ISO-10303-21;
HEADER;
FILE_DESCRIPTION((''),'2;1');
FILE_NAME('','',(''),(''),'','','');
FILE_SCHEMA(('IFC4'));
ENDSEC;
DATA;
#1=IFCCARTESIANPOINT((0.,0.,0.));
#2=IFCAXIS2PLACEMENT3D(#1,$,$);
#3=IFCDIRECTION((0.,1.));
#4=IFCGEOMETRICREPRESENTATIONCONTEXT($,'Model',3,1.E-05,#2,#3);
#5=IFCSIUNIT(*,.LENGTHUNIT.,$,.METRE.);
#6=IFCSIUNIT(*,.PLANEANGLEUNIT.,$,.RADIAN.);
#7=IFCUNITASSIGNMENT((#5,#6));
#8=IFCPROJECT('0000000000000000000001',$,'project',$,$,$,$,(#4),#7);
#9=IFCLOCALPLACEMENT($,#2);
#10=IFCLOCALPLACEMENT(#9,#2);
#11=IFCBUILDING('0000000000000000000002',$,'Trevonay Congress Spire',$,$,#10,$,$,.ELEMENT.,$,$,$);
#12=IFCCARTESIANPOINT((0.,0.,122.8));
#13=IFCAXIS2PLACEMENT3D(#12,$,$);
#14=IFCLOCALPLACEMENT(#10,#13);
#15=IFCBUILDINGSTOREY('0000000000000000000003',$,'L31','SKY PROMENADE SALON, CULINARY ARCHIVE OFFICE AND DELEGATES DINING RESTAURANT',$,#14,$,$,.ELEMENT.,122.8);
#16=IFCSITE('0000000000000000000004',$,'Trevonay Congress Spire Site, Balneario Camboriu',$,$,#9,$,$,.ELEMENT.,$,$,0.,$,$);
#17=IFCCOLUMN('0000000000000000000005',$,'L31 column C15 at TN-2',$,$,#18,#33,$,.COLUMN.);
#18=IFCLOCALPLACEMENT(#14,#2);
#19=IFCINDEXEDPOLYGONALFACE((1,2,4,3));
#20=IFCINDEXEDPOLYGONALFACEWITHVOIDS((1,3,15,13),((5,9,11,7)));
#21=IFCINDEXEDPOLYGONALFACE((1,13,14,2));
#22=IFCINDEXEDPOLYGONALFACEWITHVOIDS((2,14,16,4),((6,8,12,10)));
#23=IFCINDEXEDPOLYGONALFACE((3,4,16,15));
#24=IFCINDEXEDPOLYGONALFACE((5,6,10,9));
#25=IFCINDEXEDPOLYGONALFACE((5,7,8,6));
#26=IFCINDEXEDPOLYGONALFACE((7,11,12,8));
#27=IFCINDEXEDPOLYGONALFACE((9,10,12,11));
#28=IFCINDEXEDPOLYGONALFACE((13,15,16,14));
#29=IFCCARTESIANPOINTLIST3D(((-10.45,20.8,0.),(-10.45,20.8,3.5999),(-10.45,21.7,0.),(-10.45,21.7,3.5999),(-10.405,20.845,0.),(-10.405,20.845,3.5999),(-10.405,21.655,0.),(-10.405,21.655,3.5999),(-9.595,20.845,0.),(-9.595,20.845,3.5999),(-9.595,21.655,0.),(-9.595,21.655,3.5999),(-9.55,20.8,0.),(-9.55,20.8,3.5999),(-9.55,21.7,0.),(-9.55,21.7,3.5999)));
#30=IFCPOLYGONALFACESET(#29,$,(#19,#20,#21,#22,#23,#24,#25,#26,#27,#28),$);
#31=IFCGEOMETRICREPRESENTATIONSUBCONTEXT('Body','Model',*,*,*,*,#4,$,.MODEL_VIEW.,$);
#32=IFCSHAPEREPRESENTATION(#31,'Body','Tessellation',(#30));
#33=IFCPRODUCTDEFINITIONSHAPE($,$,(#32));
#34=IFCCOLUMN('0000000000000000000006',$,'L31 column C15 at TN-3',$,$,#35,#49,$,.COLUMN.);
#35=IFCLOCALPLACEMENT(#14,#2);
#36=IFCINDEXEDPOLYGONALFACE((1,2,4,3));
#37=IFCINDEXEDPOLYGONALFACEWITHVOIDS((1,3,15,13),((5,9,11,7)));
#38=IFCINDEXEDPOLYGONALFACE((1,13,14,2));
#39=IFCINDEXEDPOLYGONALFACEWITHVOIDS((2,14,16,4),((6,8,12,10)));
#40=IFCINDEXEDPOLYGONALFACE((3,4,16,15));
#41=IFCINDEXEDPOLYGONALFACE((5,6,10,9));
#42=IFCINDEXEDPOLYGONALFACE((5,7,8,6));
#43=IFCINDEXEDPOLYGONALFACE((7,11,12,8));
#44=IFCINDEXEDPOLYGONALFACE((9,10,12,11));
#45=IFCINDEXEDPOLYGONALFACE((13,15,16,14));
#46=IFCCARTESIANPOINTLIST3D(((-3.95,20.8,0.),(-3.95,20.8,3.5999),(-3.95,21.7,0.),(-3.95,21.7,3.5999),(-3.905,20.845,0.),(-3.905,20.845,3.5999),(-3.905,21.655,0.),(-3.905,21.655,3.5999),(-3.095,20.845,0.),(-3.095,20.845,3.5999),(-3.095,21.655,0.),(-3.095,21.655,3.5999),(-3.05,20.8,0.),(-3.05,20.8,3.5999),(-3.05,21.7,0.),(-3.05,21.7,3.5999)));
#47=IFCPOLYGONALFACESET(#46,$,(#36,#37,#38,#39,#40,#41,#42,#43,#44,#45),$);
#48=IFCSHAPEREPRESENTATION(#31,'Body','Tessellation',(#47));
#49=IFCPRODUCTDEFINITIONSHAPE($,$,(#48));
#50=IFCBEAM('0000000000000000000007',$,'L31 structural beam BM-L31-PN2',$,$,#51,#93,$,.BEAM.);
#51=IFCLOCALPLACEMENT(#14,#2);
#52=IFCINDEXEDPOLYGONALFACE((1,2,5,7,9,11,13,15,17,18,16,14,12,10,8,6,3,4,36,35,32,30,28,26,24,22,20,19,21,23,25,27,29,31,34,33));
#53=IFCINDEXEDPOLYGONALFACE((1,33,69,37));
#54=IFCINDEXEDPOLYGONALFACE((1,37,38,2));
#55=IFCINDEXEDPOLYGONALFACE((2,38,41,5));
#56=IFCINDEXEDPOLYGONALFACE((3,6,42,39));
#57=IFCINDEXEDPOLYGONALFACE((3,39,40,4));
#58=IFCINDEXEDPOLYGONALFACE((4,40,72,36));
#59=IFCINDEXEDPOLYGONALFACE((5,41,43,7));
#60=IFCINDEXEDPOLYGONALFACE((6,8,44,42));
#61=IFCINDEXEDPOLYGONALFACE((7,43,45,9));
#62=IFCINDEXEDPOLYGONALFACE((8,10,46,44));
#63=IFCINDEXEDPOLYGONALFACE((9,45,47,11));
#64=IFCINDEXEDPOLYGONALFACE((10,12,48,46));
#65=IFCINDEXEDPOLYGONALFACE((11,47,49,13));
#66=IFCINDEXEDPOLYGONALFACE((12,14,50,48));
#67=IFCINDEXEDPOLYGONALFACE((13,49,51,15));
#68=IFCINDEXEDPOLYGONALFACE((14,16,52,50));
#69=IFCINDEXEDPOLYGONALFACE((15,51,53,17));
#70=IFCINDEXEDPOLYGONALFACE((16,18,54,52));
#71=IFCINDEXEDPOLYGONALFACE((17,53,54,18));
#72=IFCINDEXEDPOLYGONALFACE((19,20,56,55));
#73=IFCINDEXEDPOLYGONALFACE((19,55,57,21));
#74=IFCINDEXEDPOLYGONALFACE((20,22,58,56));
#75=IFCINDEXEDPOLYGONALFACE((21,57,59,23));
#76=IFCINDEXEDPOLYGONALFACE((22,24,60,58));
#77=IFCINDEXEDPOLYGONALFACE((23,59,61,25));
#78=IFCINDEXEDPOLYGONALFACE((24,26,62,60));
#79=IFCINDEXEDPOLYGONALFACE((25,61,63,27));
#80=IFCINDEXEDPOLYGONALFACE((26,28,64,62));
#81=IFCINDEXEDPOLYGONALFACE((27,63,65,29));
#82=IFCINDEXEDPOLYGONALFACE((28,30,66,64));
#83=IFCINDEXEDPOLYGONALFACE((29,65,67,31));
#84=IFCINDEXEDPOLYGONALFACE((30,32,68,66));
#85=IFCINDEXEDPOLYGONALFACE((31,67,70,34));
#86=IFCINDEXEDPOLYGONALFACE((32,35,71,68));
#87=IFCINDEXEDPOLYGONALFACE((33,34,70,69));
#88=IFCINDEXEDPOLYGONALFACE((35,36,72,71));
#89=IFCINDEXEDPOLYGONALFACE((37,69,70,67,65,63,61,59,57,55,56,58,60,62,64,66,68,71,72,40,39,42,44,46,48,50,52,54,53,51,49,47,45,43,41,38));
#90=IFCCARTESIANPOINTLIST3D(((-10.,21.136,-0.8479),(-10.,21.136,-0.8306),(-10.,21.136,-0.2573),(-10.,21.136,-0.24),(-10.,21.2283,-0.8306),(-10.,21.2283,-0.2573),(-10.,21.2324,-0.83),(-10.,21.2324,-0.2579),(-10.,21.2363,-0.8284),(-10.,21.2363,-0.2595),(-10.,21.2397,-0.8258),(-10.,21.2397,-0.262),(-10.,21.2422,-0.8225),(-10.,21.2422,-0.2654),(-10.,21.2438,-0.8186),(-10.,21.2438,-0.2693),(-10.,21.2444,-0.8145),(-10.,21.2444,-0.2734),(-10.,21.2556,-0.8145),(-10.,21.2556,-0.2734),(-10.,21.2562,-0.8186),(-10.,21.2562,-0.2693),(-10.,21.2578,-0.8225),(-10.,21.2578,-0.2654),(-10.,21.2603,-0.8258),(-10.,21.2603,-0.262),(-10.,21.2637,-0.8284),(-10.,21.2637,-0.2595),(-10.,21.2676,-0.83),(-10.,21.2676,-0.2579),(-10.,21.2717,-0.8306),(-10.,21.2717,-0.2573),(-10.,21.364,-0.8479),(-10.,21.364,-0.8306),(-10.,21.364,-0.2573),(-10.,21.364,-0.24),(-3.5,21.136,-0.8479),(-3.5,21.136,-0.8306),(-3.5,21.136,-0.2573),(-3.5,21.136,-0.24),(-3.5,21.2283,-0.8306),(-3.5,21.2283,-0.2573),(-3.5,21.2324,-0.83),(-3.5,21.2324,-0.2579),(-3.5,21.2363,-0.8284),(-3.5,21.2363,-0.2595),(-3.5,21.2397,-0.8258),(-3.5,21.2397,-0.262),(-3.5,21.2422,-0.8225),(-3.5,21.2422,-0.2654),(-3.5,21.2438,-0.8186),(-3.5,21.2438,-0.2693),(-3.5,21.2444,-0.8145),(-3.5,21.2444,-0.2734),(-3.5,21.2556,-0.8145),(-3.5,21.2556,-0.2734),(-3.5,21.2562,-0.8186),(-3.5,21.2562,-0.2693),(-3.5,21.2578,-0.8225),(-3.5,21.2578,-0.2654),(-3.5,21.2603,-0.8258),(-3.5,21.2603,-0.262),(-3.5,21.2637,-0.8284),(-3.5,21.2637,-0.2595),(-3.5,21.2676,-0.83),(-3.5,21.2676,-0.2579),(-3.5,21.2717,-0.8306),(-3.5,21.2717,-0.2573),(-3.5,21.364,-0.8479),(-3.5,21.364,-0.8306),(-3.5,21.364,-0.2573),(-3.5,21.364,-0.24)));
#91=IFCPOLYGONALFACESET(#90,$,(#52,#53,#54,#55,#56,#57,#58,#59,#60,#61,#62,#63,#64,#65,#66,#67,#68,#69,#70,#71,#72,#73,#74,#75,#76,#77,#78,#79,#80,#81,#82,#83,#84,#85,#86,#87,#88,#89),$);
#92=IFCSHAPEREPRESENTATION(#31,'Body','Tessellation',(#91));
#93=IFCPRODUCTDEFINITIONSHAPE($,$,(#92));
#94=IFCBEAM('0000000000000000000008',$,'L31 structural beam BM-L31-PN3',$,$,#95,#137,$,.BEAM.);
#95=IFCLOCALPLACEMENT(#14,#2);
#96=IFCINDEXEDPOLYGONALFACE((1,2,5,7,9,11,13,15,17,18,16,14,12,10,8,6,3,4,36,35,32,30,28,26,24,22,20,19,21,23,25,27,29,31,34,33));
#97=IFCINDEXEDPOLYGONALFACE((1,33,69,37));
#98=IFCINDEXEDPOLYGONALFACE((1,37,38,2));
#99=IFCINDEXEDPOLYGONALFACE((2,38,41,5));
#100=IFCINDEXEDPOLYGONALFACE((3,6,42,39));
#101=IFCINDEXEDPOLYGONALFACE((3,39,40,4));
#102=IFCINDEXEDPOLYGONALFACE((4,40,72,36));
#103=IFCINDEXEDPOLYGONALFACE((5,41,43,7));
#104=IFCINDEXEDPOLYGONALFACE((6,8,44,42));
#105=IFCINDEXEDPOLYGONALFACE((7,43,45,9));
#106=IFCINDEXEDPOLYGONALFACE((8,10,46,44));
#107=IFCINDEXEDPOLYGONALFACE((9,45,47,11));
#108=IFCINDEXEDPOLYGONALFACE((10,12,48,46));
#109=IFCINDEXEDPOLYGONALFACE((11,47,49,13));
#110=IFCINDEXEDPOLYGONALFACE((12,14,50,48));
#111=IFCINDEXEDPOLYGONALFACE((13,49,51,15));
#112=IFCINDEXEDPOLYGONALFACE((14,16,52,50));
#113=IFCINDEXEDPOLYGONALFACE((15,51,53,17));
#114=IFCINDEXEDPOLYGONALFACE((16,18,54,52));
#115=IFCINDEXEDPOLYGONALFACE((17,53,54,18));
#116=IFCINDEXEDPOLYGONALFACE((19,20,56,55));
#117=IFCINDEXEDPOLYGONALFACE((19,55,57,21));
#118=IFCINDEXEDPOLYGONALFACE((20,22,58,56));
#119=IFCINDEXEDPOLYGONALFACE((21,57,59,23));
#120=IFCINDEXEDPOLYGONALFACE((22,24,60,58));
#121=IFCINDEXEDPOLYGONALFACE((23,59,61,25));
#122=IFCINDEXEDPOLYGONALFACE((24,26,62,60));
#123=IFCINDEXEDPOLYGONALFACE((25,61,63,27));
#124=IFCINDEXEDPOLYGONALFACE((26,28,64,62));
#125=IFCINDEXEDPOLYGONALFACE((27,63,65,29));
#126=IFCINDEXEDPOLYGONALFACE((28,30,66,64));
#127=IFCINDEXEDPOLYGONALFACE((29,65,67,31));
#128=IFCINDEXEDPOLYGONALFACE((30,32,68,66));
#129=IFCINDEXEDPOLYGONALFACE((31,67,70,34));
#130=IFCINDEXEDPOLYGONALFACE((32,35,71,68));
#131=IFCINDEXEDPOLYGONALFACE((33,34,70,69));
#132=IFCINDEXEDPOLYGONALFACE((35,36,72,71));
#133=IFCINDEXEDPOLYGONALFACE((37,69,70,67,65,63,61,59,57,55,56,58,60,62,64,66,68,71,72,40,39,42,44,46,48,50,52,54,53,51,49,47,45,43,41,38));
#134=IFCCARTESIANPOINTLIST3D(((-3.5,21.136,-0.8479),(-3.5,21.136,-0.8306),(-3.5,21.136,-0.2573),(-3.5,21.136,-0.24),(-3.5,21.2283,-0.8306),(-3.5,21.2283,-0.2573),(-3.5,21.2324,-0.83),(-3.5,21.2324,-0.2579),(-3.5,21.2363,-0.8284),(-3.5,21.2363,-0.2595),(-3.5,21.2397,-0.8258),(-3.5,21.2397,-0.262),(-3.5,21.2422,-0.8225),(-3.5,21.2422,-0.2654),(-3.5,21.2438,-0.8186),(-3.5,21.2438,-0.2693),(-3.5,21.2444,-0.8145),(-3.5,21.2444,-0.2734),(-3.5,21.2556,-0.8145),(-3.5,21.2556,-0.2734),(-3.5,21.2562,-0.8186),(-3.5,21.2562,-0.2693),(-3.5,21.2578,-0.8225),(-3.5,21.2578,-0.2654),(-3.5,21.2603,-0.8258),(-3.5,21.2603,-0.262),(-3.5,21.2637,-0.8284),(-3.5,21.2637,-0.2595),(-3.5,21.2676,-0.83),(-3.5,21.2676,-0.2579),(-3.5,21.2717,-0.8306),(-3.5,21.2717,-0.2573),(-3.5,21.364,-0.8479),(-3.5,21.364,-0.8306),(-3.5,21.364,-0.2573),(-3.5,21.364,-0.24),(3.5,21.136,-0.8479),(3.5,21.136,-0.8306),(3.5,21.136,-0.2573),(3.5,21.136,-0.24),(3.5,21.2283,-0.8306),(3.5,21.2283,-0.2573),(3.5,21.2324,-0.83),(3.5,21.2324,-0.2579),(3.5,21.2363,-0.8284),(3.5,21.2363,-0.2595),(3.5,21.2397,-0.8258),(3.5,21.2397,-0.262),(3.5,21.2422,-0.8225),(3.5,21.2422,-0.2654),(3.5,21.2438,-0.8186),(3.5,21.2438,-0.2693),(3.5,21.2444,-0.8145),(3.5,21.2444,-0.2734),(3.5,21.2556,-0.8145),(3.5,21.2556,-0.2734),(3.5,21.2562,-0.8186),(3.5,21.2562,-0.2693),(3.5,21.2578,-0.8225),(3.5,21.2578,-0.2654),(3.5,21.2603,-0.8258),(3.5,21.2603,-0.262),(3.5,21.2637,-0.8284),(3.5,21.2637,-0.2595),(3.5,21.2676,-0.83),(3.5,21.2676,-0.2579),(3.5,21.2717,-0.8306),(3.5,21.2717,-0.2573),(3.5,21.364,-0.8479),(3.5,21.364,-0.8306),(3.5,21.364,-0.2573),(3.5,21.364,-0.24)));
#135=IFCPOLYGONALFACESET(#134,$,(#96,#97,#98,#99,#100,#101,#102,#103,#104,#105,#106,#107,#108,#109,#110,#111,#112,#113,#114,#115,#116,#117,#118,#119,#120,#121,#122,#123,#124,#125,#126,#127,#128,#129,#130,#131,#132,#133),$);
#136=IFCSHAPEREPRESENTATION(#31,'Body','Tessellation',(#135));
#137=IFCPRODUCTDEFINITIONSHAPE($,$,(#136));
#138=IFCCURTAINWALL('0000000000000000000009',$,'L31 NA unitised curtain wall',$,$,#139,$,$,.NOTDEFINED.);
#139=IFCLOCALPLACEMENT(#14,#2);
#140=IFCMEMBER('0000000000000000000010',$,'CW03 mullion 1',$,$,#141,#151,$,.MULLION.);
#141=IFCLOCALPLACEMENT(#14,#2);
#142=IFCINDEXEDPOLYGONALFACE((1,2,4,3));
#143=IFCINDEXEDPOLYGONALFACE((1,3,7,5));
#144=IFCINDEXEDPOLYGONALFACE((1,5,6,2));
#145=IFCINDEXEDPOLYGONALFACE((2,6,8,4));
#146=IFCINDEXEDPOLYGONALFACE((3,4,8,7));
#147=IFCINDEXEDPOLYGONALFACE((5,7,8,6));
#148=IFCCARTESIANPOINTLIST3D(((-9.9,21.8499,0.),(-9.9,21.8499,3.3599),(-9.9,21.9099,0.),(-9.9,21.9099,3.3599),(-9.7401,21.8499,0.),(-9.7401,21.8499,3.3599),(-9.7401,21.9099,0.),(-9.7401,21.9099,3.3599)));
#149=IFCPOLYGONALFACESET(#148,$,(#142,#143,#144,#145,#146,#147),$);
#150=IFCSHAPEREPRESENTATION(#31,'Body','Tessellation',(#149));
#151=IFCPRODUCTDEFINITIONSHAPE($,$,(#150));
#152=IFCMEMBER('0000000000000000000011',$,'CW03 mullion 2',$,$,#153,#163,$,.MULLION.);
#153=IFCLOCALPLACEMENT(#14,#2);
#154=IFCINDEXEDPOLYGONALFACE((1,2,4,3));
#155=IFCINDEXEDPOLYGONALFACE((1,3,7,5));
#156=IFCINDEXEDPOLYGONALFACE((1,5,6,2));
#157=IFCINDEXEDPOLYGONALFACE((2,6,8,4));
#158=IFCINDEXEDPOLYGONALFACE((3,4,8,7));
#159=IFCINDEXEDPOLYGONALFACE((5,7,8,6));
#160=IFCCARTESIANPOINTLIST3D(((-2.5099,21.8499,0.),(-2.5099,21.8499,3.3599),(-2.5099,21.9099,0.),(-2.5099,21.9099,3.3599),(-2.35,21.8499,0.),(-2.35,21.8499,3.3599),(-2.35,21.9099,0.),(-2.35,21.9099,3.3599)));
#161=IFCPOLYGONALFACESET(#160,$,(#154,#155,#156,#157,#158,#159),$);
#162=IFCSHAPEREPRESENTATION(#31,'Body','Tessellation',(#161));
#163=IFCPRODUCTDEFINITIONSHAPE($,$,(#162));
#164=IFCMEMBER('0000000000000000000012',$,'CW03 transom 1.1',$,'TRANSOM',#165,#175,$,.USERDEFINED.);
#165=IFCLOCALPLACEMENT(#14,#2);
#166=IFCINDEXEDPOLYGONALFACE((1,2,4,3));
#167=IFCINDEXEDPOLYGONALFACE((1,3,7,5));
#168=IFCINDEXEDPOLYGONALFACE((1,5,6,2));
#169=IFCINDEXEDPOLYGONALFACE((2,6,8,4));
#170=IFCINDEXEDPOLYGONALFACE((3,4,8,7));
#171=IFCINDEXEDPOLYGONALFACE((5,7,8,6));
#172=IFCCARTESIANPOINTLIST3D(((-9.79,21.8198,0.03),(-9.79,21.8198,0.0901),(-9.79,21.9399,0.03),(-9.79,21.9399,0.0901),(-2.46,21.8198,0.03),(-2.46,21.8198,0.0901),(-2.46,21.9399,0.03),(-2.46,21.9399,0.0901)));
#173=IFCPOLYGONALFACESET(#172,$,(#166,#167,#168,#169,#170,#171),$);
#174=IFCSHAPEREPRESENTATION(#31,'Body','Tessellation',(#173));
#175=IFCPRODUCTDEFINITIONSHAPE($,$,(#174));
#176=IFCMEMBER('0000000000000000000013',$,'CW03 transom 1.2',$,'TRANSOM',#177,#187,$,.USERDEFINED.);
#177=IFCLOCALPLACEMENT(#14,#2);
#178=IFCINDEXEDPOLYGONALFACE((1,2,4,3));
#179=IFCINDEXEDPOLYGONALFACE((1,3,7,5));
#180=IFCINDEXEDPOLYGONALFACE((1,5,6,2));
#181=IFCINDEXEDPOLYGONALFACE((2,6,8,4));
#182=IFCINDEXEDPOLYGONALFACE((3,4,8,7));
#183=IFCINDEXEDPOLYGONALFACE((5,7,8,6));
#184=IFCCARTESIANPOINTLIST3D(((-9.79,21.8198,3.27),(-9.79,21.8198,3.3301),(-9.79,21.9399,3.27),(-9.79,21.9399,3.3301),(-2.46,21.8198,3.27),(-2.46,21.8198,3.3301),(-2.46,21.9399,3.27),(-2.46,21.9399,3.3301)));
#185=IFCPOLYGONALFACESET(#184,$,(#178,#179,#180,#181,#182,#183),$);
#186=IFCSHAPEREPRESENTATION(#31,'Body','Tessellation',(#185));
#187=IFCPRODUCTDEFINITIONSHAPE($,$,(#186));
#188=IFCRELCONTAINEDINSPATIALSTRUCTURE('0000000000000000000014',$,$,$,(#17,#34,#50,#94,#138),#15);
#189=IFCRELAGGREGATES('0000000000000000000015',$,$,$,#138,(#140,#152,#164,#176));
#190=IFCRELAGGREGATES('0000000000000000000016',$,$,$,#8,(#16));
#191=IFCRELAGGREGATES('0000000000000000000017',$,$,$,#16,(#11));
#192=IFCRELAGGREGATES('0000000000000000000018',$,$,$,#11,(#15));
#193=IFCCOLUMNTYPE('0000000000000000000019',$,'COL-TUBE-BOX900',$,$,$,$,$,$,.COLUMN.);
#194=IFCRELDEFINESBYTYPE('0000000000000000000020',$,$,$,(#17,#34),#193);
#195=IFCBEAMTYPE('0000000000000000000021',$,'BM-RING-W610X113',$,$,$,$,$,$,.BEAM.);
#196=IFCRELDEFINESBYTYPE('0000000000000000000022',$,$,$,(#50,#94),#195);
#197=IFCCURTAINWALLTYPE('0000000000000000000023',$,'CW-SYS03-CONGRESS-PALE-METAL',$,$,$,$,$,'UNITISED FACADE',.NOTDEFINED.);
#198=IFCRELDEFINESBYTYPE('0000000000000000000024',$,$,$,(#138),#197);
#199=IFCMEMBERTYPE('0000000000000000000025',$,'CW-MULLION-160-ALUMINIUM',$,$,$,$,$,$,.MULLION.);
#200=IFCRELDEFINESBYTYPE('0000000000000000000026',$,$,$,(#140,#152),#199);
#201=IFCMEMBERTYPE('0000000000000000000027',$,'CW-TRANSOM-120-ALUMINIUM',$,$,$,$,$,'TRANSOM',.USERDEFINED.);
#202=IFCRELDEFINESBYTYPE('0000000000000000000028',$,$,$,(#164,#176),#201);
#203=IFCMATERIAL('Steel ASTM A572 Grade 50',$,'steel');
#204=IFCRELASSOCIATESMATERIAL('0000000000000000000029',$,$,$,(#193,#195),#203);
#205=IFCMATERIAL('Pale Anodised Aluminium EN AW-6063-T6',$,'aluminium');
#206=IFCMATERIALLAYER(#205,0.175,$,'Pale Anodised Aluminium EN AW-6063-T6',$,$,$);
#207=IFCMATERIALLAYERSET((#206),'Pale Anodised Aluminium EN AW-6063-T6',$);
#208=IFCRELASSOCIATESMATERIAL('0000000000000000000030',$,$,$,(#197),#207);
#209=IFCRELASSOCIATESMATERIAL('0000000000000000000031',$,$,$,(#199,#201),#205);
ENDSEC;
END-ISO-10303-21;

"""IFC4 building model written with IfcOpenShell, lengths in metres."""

from ifc_helpers import new_model, si_unit, direction, frame, origin, origin_2d, place, context, subcontext, project, spatial, rectangle, hollow_rectangle, i_section, extrude, material, layer, layer_set, material_profile, profile_set, type_object, element, aggregate, save


model = new_model("IFC4")

# Units and contexts
model_context = context("Model", 3, precision=1e-05, world=origin(), true_north=direction((0.0, 1.0)))
body_context = subcontext(model_context, "Body", "Model", "MODEL_VIEW")
ifc_project = project(units=[si_unit("LENGTHUNIT", "METRE"), si_unit("PLANEANGLEUNIT", "RADIAN")], contexts=[model_context])

# Site, building, storey
site_placement = place(None, origin())
site = spatial("IfcSite", under=ifc_project, at=site_placement, Name="Trevonay Congress Spire Site, Balneario Camboriu", CompositionType="ELEMENT", RefElevation=0.0)
building_placement = place(site_placement, origin())
building = spatial("IfcBuilding", under=site, at=building_placement, Name="Trevonay Congress Spire", CompositionType="ELEMENT")
storey_placement = place(building_placement, frame((0.0, 0.0, 122.8)))
storey = spatial("IfcBuildingStorey", under=building, at=storey_placement, Name="L31", Description="SKY PROMENADE SALON, CULINARY ARCHIVE OFFICE AND DELEGATES DINING RESTAURANT", CompositionType="ELEMENT", Elevation=122.8)

# Columns
ifc_material_1 = material(Name="Steel ASTM A572 Grade 50", Category="steel")
ifc_material_profile_1 = material_profile(ifc_material_1, hollow_rectangle(XDim=0.8999, YDim=0.8999, WallThickness=0.0449, at=origin_2d()), Name="BOX 900x900x45")
ifc_profile_set_1 = profile_set([ifc_material_profile_1], Name="Steel ASTM A572 Grade 50")
column_type = type_object("IfcColumnType", Name="COL-TUBE-BOX900", PredefinedType="COLUMN", material=ifc_profile_set_1)
for number, where, z_axis, x_axis, name in (
    (1, (-10.0, 21.25, 0.0), (0.0, 0.0, 1.0), (1.0, 0.0, 0.0), "L31 column C15 at TN-2"),
    (2, (-3.5, 21.25, 0.0), (0.0, 0.0, 1.0), (1.0, 0.0, 0.0), "L31 column C15 at TN-3"),
):
    element("IfcColumn", number, at=place(storey_placement, frame(where, z_axis=z_axis, x_axis=x_axis)), inside=storey, type_object=column_type, Name=name, PredefinedType="COLUMN", context=body_context, shape_type="SweptSolid", body=[
        extrude(hollow_rectangle(XDim=0.8999, YDim=0.8999, WallThickness=0.0449, at=origin_2d()), origin(), (0.0, 0.0, 1.0), 3.5999),
    ])

# Beams
ifc_material_profile_2 = material_profile(ifc_material_1, i_section(OverallWidth=0.228, OverallDepth=0.6079, WebThickness=0.0112, FlangeThickness=0.0173, FilletRadius=0.0161, at=origin_2d()), Name="W610x113")
ifc_profile_set_2 = profile_set([ifc_material_profile_2], Name="Steel ASTM A572 Grade 50")
beam_type = type_object("IfcBeamType", Name="BM-RING-W610X113", PredefinedType="BEAM", material=ifc_profile_set_2)
beam_1_placement = place(storey_placement, frame((-10.0, 21.25, -0.5439), z_axis=(1.0, 0.0, 0.0), x_axis=(0.0, 1.0, 0.0)))
element("IfcBeam", 3, at=beam_1_placement, inside=storey, type_object=beam_type, Name="L31 structural beam BM-L31-PN2", PredefinedType="BEAM", context=body_context, shape_type="SweptSolid", body=[
    extrude(i_section(OverallWidth=0.228, OverallDepth=0.6079, WebThickness=0.0112, FlangeThickness=0.0173, FilletRadius=0.0161, at=origin_2d()), origin(), (0.0, 0.0, 1.0), 6.5),
])
beam_2_placement = place(storey_placement, frame((-3.5, 21.25, -0.5439), z_axis=(1.0, 0.0, 0.0), x_axis=(0.0, 1.0, 0.0)))
element("IfcBeam", 4, at=beam_2_placement, inside=storey, type_object=beam_type, Name="L31 structural beam BM-L31-PN3", PredefinedType="BEAM", context=body_context, shape_type="SweptSolid", body=[
    extrude(i_section(OverallWidth=0.228, OverallDepth=0.6079, WebThickness=0.0112, FlangeThickness=0.0173, FilletRadius=0.0161, at=origin_2d()), origin(), (0.0, 0.0, 1.0), 7.0),
])

# Curtain wall, members
ifc_material_2 = material(Name="Pale Anodised Aluminium EN AW-6063-T6", Category="aluminium")
ifc_layer_1 = layer(ifc_material_2, 0.175, Name="Pale Anodised Aluminium EN AW-6063-T6")
ifc_layer_set_1 = layer_set([ifc_layer_1], Name="Pale Anodised Aluminium EN AW-6063-T6")
curtain_wall_type = type_object("IfcCurtainWallType", Name="CW-SYS03-CONGRESS-PALE-METAL", ElementType="UNITISED FACADE", PredefinedType="NOTDEFINED", material=ifc_layer_set_1)
curtain_wall_placement = place(storey_placement, origin())
curtain_wall = element("IfcCurtainWall", 5, at=curtain_wall_placement, inside=storey, type_object=curtain_wall_type, Name="L31 NA unitised curtain wall", PredefinedType="NOTDEFINED")
ifc_material_profile_3 = material_profile(ifc_material_2, rectangle(XDim=0.0601, YDim=0.1599, at=origin_2d()), Name="CW-MULLION-160-ALUMINIUM")
ifc_profile_set_3 = profile_set([ifc_material_profile_3], Name="Pale Anodised Aluminium EN AW-6063-T6")
member_type_1 = type_object("IfcMemberType", Name="CW-MULLION-160-ALUMINIUM", PredefinedType="MULLION", material=ifc_profile_set_3)
member_1_placement = place(storey_placement, frame((-9.8201, 21.8799, 0.0), z_axis=(0.0, 0.0, 1.0), x_axis=(0.0, 1.0, 0.0)))
member_1 = element("IfcMember", 6, at=member_1_placement, type_object=member_type_1, Name="CW03 mullion 1", PredefinedType="MULLION", context=body_context, shape_type="SweptSolid", body=[
    extrude(rectangle(XDim=0.0601, YDim=0.1599, at=origin_2d()), origin(), (0.0, 0.0, 1.0), 3.3599),
])
member_2_placement = place(storey_placement, frame((-2.4299, 21.8799, 0.0), z_axis=(0.0, 0.0, 1.0), x_axis=(0.0, 1.0, 0.0)))
member_2 = element("IfcMember", 7, at=member_2_placement, type_object=member_type_1, Name="CW03 mullion 2", PredefinedType="MULLION", context=body_context, shape_type="SweptSolid", body=[
    extrude(rectangle(XDim=0.0601, YDim=0.1599, at=origin_2d()), origin(), (0.0, 0.0, 1.0), 3.3599),
])
ifc_material_profile_4 = material_profile(ifc_material_2, rectangle(XDim=0.1201, YDim=0.0601, at=origin_2d()), Name="CW-TRANSOM-120-ALUMINIUM")
ifc_profile_set_4 = profile_set([ifc_material_profile_4], Name="Pale Anodised Aluminium EN AW-6063-T6")
member_type_2 = type_object("IfcMemberType", Name="CW-TRANSOM-120-ALUMINIUM", ElementType="TRANSOM", PredefinedType="USERDEFINED", material=ifc_profile_set_4)
member_3_placement = place(storey_placement, frame((-9.79, 21.8799, 0.0601), z_axis=(1.0, 0.0, 0.0), x_axis=(0.0, 1.0, 0.0)))
member_3 = element("IfcMember", 8, at=member_3_placement, type_object=member_type_2, Name="CW03 transom 1.1", ObjectType="TRANSOM", PredefinedType="USERDEFINED", context=body_context, shape_type="SweptSolid", body=[
    extrude(rectangle(XDim=0.1201, YDim=0.0601, at=origin_2d()), origin(), (0.0, 0.0, 1.0), 7.3301),
])
member_4_placement = place(storey_placement, frame((-9.79, 21.8799, 3.3), z_axis=(1.0, 0.0, 0.0), x_axis=(0.0, 1.0, 0.0)))
member_4 = element("IfcMember", 9, at=member_4_placement, type_object=member_type_2, Name="CW03 transom 1.2", ObjectType="TRANSOM", PredefinedType="USERDEFINED", context=body_context, shape_type="SweptSolid", body=[
    extrude(rectangle(XDim=0.1201, YDim=0.0601, at=origin_2d()), origin(), (0.0, 0.0, 1.0), 7.3301),
])
aggregate(curtain_wall, [member_1, member_2, member_3, member_4])

save(model, "model.ifc")
